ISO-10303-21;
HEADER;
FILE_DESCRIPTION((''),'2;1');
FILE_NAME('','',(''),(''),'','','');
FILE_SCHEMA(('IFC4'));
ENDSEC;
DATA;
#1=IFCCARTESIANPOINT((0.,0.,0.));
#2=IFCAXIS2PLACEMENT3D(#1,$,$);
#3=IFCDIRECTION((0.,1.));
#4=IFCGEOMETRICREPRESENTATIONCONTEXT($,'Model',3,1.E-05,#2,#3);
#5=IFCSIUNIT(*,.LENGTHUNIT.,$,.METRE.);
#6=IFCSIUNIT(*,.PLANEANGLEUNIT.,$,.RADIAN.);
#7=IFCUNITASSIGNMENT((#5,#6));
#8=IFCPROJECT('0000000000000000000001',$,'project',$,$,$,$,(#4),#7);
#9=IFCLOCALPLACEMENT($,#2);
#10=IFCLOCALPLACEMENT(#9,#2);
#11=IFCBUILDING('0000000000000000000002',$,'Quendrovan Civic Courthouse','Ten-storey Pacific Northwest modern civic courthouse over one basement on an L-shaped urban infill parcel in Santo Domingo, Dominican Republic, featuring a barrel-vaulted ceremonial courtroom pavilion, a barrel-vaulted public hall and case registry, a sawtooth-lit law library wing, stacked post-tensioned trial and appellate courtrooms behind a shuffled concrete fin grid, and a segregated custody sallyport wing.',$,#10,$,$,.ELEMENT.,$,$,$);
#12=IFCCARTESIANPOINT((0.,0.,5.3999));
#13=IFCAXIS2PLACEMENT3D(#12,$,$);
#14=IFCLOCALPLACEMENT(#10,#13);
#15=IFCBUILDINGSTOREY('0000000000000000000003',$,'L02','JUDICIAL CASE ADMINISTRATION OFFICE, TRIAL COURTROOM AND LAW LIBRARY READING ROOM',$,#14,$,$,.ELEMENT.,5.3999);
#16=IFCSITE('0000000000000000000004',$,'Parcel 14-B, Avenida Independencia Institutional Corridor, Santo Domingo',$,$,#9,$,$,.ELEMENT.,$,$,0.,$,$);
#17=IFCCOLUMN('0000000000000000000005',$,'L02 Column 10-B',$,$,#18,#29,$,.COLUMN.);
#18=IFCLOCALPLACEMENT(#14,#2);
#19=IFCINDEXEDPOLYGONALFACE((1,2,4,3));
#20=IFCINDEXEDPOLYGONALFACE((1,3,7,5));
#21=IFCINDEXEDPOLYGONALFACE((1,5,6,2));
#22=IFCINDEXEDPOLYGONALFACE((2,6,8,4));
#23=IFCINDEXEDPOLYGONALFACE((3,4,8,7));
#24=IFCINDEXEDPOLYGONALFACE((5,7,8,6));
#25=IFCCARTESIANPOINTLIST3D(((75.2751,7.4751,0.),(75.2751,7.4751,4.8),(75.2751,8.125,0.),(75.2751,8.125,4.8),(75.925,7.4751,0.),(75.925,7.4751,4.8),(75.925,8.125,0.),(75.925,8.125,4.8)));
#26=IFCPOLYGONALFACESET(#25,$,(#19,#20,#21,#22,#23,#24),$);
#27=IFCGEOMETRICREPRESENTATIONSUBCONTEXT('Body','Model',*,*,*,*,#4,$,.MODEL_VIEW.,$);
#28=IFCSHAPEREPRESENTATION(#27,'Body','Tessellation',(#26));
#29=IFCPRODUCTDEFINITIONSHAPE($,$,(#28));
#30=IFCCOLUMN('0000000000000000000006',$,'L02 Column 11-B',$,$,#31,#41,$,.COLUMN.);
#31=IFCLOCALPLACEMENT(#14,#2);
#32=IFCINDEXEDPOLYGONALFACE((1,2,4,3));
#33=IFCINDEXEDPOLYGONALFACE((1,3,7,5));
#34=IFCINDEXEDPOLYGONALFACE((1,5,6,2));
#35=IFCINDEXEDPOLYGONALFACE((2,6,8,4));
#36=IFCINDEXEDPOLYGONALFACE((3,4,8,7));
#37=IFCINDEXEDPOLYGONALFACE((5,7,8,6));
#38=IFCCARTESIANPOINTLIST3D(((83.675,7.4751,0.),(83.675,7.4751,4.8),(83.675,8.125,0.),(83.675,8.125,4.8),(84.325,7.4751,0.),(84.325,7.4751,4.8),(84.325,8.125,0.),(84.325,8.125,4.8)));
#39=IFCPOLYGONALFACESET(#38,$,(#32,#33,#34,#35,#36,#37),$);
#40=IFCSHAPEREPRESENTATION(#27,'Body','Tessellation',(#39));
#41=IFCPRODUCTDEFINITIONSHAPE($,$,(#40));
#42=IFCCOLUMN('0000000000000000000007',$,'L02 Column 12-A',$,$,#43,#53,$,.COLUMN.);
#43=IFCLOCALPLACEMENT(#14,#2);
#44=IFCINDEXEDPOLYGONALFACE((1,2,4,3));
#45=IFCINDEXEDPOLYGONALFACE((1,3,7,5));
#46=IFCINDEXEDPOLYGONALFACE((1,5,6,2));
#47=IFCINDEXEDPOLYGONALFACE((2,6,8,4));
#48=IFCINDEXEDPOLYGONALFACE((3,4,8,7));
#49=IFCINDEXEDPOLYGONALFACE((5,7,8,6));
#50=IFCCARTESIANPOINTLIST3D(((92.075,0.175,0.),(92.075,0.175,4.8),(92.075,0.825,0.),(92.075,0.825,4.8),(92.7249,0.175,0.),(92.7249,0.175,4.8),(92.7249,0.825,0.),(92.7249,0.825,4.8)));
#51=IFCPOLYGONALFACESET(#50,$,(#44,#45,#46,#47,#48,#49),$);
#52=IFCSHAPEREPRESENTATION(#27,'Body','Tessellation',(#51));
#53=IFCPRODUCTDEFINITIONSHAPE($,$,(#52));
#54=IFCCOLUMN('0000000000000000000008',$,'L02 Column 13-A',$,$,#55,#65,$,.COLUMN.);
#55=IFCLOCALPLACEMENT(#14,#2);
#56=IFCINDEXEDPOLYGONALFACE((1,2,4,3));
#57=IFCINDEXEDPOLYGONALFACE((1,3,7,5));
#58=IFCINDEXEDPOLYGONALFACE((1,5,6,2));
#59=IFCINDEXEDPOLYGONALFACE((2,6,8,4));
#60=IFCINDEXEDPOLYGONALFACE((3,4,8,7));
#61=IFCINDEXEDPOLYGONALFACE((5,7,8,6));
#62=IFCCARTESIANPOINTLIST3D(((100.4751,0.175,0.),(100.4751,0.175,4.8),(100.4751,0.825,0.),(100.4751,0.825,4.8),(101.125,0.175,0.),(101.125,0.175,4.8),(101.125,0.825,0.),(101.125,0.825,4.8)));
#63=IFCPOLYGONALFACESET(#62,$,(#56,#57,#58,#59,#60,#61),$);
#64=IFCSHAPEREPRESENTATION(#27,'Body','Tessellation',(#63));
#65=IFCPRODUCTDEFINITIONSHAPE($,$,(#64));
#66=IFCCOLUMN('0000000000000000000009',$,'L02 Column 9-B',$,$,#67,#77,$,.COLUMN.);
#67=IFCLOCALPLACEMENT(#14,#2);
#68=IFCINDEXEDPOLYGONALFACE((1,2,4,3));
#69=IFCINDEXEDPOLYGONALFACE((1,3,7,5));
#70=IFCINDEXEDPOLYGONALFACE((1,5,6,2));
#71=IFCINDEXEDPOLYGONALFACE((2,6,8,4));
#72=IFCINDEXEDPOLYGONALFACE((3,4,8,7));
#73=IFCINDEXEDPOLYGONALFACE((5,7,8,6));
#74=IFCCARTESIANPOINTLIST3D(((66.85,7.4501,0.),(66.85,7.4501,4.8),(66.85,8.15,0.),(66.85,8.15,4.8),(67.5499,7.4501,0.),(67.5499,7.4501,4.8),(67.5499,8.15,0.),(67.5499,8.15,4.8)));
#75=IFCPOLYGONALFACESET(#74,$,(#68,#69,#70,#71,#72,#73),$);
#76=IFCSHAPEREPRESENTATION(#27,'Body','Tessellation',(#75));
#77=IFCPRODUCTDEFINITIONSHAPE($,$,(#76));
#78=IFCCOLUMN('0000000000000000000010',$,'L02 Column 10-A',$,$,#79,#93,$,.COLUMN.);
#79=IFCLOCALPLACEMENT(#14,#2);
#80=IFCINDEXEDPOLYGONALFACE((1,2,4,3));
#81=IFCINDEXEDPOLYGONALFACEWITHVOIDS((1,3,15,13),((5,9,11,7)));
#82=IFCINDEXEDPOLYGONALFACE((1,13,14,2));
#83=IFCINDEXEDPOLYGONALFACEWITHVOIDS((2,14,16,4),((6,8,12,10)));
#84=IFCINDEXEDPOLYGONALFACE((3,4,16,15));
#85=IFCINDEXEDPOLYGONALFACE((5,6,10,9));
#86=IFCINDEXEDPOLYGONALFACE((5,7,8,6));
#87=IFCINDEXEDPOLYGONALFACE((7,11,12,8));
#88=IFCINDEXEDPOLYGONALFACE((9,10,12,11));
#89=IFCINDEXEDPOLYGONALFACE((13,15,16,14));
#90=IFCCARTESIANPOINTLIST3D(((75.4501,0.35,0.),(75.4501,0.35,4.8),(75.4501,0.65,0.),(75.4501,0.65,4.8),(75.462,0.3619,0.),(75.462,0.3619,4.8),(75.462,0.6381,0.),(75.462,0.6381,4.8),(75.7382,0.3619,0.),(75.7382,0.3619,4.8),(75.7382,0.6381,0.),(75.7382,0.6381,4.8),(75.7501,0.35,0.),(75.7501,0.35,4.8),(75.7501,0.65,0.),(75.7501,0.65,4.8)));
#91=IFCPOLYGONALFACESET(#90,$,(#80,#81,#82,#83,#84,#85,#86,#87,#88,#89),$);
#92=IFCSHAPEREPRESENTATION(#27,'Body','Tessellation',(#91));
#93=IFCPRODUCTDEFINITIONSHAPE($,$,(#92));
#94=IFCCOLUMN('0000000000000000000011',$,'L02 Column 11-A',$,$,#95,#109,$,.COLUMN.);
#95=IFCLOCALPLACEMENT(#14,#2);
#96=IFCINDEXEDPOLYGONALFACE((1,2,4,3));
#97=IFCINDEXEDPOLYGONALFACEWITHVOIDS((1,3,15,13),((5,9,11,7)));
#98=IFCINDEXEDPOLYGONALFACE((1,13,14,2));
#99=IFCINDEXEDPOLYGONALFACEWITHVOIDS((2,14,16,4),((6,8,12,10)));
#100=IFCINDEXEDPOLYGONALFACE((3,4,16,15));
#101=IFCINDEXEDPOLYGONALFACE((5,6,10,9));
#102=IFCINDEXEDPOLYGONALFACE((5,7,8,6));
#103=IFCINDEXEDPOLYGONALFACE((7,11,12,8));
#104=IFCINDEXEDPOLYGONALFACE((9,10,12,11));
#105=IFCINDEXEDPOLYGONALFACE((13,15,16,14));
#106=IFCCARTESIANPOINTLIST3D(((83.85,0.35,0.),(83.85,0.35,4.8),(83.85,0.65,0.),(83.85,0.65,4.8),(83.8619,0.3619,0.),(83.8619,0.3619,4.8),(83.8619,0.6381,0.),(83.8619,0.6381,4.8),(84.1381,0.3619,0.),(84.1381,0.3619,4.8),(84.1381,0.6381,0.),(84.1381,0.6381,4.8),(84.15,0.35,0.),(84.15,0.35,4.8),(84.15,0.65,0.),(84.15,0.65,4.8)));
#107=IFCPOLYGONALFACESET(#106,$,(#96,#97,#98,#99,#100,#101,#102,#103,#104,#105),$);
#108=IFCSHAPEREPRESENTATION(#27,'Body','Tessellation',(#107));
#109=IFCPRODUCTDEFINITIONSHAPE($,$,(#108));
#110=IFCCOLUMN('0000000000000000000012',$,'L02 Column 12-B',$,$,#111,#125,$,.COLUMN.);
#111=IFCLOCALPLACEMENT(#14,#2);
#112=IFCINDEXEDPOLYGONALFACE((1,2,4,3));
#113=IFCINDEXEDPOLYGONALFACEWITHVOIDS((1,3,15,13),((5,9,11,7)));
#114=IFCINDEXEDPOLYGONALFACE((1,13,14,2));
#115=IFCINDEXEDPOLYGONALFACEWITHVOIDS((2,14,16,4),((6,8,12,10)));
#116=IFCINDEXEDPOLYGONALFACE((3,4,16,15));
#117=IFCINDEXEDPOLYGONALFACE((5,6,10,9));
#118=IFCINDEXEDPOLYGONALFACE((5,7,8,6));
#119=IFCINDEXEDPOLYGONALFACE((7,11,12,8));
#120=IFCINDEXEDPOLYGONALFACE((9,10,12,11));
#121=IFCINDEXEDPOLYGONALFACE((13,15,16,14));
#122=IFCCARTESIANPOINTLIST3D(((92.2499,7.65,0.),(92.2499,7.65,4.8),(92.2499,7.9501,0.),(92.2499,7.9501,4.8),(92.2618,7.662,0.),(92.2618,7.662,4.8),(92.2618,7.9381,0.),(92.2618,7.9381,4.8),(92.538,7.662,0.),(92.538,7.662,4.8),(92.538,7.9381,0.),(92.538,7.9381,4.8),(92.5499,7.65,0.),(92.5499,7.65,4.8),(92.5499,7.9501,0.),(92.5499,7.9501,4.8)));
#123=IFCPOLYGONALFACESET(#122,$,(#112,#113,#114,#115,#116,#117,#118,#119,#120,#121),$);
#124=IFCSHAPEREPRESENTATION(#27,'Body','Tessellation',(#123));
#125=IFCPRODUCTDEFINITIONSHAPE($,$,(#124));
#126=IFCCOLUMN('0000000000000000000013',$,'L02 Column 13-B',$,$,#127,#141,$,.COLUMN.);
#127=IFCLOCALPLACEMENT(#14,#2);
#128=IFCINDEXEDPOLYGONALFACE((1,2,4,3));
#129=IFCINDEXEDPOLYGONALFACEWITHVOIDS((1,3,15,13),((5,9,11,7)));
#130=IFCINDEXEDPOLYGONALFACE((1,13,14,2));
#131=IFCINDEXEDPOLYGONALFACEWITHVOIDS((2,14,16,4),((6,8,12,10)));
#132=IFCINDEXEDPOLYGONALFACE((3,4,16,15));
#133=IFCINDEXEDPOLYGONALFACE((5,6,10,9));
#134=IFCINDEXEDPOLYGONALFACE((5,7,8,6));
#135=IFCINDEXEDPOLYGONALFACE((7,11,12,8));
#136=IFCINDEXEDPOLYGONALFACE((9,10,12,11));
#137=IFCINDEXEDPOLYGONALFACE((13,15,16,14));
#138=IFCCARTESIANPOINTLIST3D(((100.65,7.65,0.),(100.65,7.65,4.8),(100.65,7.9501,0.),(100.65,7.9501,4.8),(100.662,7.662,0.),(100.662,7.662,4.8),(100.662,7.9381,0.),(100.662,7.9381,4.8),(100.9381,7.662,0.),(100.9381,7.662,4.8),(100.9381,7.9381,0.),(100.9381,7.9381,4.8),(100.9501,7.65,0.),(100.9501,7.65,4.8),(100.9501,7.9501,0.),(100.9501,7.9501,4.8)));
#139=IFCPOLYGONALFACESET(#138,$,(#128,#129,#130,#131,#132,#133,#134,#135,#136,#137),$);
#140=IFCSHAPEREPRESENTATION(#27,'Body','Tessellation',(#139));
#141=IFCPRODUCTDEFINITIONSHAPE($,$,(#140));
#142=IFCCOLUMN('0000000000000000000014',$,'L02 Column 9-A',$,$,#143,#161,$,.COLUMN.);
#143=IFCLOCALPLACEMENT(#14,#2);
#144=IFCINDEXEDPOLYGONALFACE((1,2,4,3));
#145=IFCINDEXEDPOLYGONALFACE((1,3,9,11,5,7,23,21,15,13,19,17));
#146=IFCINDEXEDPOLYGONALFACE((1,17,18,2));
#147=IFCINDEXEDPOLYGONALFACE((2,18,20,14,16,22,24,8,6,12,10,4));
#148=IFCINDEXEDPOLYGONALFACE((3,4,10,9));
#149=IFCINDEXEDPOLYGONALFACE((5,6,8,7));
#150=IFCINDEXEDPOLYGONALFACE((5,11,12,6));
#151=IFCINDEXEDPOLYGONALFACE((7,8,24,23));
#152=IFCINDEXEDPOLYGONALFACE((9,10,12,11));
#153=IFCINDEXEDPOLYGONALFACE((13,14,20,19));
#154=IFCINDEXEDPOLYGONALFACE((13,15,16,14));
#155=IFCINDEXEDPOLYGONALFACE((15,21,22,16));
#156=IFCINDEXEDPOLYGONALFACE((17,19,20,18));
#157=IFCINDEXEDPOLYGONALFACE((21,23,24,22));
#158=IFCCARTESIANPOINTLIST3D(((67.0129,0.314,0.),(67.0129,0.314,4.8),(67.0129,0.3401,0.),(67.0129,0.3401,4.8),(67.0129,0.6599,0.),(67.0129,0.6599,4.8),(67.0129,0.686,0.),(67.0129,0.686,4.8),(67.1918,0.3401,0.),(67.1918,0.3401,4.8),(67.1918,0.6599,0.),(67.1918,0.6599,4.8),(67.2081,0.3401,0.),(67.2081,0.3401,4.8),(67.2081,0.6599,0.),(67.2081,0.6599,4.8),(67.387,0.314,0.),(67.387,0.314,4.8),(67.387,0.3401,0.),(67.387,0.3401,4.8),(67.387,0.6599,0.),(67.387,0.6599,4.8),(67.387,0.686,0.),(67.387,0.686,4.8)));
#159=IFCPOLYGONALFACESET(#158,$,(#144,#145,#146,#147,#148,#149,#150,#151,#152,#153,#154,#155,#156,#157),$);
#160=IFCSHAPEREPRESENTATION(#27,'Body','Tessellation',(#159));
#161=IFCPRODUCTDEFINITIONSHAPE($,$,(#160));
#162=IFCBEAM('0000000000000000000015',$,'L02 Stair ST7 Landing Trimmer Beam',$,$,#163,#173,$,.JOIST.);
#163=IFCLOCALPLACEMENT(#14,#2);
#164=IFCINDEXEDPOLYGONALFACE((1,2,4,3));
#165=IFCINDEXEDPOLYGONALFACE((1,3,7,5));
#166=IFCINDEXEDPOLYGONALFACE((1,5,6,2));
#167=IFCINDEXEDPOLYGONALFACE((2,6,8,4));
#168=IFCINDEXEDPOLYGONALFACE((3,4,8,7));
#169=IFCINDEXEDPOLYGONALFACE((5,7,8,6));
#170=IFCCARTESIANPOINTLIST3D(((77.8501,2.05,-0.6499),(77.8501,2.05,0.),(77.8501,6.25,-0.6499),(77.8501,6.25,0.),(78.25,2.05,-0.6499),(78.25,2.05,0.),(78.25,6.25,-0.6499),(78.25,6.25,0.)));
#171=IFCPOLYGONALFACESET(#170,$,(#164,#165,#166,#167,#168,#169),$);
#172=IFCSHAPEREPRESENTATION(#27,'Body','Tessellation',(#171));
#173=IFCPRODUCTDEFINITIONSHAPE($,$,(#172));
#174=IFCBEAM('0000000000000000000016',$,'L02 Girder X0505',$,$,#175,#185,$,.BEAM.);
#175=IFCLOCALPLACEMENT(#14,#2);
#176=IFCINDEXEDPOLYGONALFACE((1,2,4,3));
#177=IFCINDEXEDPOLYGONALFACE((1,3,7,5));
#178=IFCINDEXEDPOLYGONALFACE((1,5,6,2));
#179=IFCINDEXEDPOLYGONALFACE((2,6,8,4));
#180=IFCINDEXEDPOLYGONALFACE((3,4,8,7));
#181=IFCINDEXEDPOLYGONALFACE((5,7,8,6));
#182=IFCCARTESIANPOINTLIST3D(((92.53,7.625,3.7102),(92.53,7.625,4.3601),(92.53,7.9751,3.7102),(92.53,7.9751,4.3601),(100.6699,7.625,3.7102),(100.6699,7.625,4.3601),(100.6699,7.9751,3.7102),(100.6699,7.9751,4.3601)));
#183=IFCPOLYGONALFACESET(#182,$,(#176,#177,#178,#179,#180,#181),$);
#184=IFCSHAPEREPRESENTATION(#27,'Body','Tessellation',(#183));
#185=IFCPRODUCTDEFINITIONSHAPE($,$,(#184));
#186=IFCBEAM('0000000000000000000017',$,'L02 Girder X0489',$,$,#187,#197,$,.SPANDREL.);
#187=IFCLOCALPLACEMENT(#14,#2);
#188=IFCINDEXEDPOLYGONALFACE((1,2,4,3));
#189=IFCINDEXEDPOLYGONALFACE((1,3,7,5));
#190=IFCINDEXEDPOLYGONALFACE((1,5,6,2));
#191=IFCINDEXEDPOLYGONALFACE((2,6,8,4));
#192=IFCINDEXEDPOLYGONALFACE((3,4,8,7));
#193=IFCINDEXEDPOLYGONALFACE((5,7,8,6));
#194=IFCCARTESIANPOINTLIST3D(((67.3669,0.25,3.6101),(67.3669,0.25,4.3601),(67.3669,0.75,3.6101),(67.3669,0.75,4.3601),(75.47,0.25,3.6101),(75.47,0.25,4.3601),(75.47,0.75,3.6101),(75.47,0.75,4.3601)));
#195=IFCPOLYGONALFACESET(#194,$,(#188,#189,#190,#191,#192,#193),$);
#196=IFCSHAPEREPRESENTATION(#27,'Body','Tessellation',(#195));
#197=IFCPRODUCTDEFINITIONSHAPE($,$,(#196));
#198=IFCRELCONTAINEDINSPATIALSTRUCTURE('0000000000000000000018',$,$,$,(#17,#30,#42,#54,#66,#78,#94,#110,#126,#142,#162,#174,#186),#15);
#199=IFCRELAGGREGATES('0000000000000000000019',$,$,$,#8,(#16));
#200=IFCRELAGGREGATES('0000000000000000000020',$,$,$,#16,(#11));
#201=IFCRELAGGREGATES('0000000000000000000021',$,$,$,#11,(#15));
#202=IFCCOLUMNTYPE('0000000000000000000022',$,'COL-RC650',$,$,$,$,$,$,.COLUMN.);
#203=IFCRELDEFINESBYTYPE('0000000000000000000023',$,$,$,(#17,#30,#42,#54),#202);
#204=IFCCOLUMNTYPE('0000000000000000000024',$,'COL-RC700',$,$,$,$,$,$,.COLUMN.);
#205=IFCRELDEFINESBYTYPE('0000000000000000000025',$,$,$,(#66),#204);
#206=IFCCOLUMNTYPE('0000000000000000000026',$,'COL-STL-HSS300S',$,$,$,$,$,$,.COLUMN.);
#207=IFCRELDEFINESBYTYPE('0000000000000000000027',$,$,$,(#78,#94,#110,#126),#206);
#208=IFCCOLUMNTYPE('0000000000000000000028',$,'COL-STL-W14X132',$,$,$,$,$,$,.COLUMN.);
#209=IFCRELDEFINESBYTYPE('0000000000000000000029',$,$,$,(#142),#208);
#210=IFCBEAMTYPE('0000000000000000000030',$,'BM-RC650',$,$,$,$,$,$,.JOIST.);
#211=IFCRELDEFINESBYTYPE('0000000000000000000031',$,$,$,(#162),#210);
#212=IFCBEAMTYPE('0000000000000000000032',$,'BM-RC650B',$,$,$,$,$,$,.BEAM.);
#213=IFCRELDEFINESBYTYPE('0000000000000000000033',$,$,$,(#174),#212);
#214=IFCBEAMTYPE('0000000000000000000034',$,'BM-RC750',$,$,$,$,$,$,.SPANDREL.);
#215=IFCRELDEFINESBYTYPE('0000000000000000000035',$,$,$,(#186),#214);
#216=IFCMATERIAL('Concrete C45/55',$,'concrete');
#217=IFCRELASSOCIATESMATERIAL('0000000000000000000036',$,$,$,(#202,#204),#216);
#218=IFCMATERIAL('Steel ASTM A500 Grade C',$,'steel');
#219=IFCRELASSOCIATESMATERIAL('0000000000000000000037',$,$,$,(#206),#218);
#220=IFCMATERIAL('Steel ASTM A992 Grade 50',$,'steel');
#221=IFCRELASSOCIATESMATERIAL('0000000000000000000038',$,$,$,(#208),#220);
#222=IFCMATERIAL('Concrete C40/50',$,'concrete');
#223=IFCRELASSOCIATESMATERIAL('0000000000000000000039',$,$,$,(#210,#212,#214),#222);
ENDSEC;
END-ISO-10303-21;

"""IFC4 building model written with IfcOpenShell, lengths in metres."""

from ifc_helpers import new_model, si_unit, direction, frame, origin, origin_2d, place, context, subcontext, project, spatial, rectangle, hollow_rectangle, i_section, extrude, material, material_profile, profile_set, type_object, element, save


model = new_model("IFC4")

# Units and contexts
model_context = context("Model", 3, precision=1e-05, world=origin(), true_north=direction((0.0, 1.0)))
body_context = subcontext(model_context, "Body", "Model", "MODEL_VIEW")
ifc_project = project(units=[si_unit("LENGTHUNIT", "METRE"), si_unit("PLANEANGLEUNIT", "RADIAN")], contexts=[model_context])

# Site, building, storey
site_placement = place(None, origin())
site = spatial("IfcSite", under=ifc_project, at=site_placement, Name="Parcel 14-B, Avenida Independencia Institutional Corridor, Santo Domingo", CompositionType="ELEMENT", RefElevation=0.0)
building_placement = place(site_placement, origin())
building = spatial("IfcBuilding", under=site, at=building_placement, Name="Quendrovan Civic Courthouse", Description="Ten-storey Pacific Northwest modern civic courthouse over one basement on an L-shaped urban infill parcel in Santo Domingo, Dominican Republic, featuring a barrel-vaulted ceremonial courtroom pavilion, a barrel-vaulted public hall and case registry, a sawtooth-lit law library wing, stacked post-tensioned trial and appellate courtrooms behind a shuffled concrete fin grid, and a segregated custody sallyport wing.", CompositionType="ELEMENT")
storey_placement = place(building_placement, frame((0.0, 0.0, 5.3999)))
storey = spatial("IfcBuildingStorey", under=building, at=storey_placement, Name="L02", Description="JUDICIAL CASE ADMINISTRATION OFFICE, TRIAL COURTROOM AND LAW LIBRARY READING ROOM", CompositionType="ELEMENT", Elevation=5.3999)

# Columns
ifc_material_1 = material(Name="Concrete C45/55", Category="concrete")
ifc_material_profile_1 = material_profile(ifc_material_1, rectangle(XDim=0.6499, YDim=0.6499, at=origin_2d()), Name="RC-COL-650x650")
ifc_profile_set_1 = profile_set([ifc_material_profile_1], Name="Concrete C45/55")
column_type_1 = type_object("IfcColumnType", Name="COL-RC650", PredefinedType="COLUMN", material=ifc_profile_set_1)
for number, where, z_axis, x_axis, name in (
    (1, (75.6001, 7.8, 0.0), (0.0, 0.0, 1.0), (1.0, 0.0, 0.0), "L02 Column 10-B"),
    (2, (84.0, 7.8, 0.0), (0.0, 0.0, 1.0), (1.0, 0.0, 0.0), "L02 Column 11-B"),
    (3, (92.3999, 0.5, 0.0), (0.0, 0.0, 1.0), (1.0, 0.0, 0.0), "L02 Column 12-A"),
    (4, (100.8, 0.5, 0.0), (0.0, 0.0, 1.0), (1.0, 0.0, 0.0), "L02 Column 13-A"),
):
    element("IfcColumn", number, at=place(storey_placement, frame(where, z_axis=z_axis, x_axis=x_axis)), inside=storey, type_object=column_type_1, Name=name, PredefinedType="COLUMN", context=body_context, shape_type="SweptSolid", body=[
        extrude(rectangle(XDim=0.6499, YDim=0.6499, at=origin_2d()), origin(), (0.0, 0.0, 1.0), 4.8),
    ])
ifc_material_profile_2 = material_profile(ifc_material_1, rectangle(XDim=0.7, YDim=0.7, at=origin_2d()), Name="RC-COL-700x700")
ifc_profile_set_2 = profile_set([ifc_material_profile_2], Name="Concrete C45/55")
column_type_2 = type_object("IfcColumnType", Name="COL-RC700", PredefinedType="COLUMN", material=ifc_profile_set_2)
column_1_placement = place(storey_placement, frame((67.2, 7.8, 0.0), z_axis=(0.0, 0.0, 1.0), x_axis=(1.0, 0.0, 0.0)))
element("IfcColumn", 5, at=column_1_placement, inside=storey, type_object=column_type_2, Name="L02 Column 9-B", PredefinedType="COLUMN", context=body_context, shape_type="SweptSolid", body=[
    extrude(rectangle(XDim=0.7, YDim=0.7, at=origin_2d()), origin(), (0.0, 0.0, 1.0), 4.8),
])
ifc_material_2 = material(Name="Steel ASTM A500 Grade C", Category="steel")
ifc_material_profile_3 = material_profile(ifc_material_2, hollow_rectangle(XDim=0.3, YDim=0.3, WallThickness=0.012, at=origin_2d()), Name="HSS300x300x12")
ifc_profile_set_3 = profile_set([ifc_material_profile_3], Name="Steel ASTM A500 Grade C")
column_type_3 = type_object("IfcColumnType", Name="COL-STL-HSS300S", PredefinedType="COLUMN", material=ifc_profile_set_3)
for number, where, z_axis, x_axis, name in (
    (6, (75.6001, 0.5, 0.0), (0.0, 0.0, 1.0), (1.0, 0.0, 0.0), "L02 Column 10-A"),
    (7, (84.0, 0.5, 0.0), (0.0, 0.0, 1.0), (1.0, 0.0, 0.0), "L02 Column 11-A"),
    (8, (92.3999, 7.8, 0.0), (0.0, 0.0, 1.0), (1.0, 0.0, 0.0), "L02 Column 12-B"),
    (9, (100.8, 7.8, 0.0), (0.0, 0.0, 1.0), (1.0, 0.0, 0.0), "L02 Column 13-B"),
):
    element("IfcColumn", number, at=place(storey_placement, frame(where, z_axis=z_axis, x_axis=x_axis)), inside=storey, type_object=column_type_3, Name=name, PredefinedType="COLUMN", context=body_context, shape_type="SweptSolid", body=[
        extrude(hollow_rectangle(XDim=0.3, YDim=0.3, WallThickness=0.012, at=origin_2d()), origin(), (0.0, 0.0, 1.0), 4.8),
    ])
ifc_material_3 = material(Name="Steel ASTM A992 Grade 50", Category="steel")
ifc_material_profile_4 = material_profile(ifc_material_3, i_section(OverallWidth=0.374, OverallDepth=0.3721, WebThickness=0.0164, FlangeThickness=0.0261, at=origin_2d()), Name="W14X132")
ifc_profile_set_4 = profile_set([ifc_material_profile_4], Name="Steel ASTM A992 Grade 50")
column_type_4 = type_object("IfcColumnType", Name="COL-STL-W14X132", PredefinedType="COLUMN", material=ifc_profile_set_4)
column_2_placement = place(storey_placement, frame((67.2, 0.5, 0.0), z_axis=(0.0, 0.0, 1.0), x_axis=(1.0, 0.0, 0.0)))
element("IfcColumn", 10, at=column_2_placement, inside=storey, type_object=column_type_4, Name="L02 Column 9-A", PredefinedType="COLUMN", context=body_context, shape_type="SweptSolid", body=[
    extrude(i_section(OverallWidth=0.374, OverallDepth=0.3721, WebThickness=0.0164, FlangeThickness=0.0261, at=origin_2d()), origin(), (0.0, 0.0, 1.0), 4.8),
])

# Beams
ifc_material_4 = material(Name="Concrete C40/50", Category="concrete")
ifc_material_profile_5 = material_profile(ifc_material_4, rectangle(XDim=0.3999, YDim=0.6499, at=origin_2d()), Name="RC-BM-400x650")
ifc_profile_set_5 = profile_set([ifc_material_profile_5], Name="Concrete C40/50")
beam_type_1 = type_object("IfcBeamType", Name="BM-RC650", PredefinedType="JOIST", material=ifc_profile_set_5)
beam_1_placement = place(storey_placement, frame((78.05, 2.05, -0.325), z_axis=(0.0, 1.0, 0.0), x_axis=(-1.0, 0.0, 0.0)))
element("IfcBeam", 11, at=beam_1_placement, inside=storey, type_object=beam_type_1, Name="L02 Stair ST7 Landing Trimmer Beam", PredefinedType="JOIST", context=body_context, shape_type="SweptSolid", body=[
    extrude(rectangle(XDim=0.3999, YDim=0.6499, at=origin_2d()), origin(), (0.0, 0.0, 1.0), 4.2),
])
ifc_material_profile_6 = material_profile(ifc_material_4, rectangle(XDim=0.3501, YDim=0.6499, at=origin_2d()), Name="RC-BM-350x650")
ifc_profile_set_6 = profile_set([ifc_material_profile_6], Name="Concrete C40/50")
beam_type_2 = type_object("IfcBeamType", Name="BM-RC650B", PredefinedType="BEAM", material=ifc_profile_set_6)
beam_2_placement = place(storey_placement, frame((92.53, 7.8, 4.0352), z_axis=(1.0, 0.0, 0.0), x_axis=(0.0, 1.0, 0.0)))
element("IfcBeam", 12, at=beam_2_placement, inside=storey, type_object=beam_type_2, Name="L02 Girder X0505", PredefinedType="BEAM", context=body_context, shape_type="SweptSolid", body=[
    extrude(rectangle(XDim=0.3501, YDim=0.6499, at=origin_2d()), origin(), (0.0, 0.0, 1.0), 8.1399),
])
ifc_material_profile_7 = material_profile(ifc_material_4, rectangle(XDim=0.5, YDim=0.75, at=origin_2d()), Name="RC-BM-500x750")
ifc_profile_set_7 = profile_set([ifc_material_profile_7], Name="Concrete C40/50")
beam_type_3 = type_object("IfcBeamType", Name="BM-RC750", PredefinedType="SPANDREL", material=ifc_profile_set_7)
beam_3_placement = place(storey_placement, frame((67.3669, 0.5, 3.9851), z_axis=(1.0, 0.0, 0.0), x_axis=(0.0, 1.0, 0.0)))
element("IfcBeam", 13, at=beam_3_placement, inside=storey, type_object=beam_type_3, Name="L02 Girder X0489", PredefinedType="SPANDREL", context=body_context, shape_type="SweptSolid", body=[
    extrude(rectangle(XDim=0.5, YDim=0.75, at=origin_2d()), origin(), (0.0, 0.0, 1.0), 8.103),
])

save(model, "model.ifc")
